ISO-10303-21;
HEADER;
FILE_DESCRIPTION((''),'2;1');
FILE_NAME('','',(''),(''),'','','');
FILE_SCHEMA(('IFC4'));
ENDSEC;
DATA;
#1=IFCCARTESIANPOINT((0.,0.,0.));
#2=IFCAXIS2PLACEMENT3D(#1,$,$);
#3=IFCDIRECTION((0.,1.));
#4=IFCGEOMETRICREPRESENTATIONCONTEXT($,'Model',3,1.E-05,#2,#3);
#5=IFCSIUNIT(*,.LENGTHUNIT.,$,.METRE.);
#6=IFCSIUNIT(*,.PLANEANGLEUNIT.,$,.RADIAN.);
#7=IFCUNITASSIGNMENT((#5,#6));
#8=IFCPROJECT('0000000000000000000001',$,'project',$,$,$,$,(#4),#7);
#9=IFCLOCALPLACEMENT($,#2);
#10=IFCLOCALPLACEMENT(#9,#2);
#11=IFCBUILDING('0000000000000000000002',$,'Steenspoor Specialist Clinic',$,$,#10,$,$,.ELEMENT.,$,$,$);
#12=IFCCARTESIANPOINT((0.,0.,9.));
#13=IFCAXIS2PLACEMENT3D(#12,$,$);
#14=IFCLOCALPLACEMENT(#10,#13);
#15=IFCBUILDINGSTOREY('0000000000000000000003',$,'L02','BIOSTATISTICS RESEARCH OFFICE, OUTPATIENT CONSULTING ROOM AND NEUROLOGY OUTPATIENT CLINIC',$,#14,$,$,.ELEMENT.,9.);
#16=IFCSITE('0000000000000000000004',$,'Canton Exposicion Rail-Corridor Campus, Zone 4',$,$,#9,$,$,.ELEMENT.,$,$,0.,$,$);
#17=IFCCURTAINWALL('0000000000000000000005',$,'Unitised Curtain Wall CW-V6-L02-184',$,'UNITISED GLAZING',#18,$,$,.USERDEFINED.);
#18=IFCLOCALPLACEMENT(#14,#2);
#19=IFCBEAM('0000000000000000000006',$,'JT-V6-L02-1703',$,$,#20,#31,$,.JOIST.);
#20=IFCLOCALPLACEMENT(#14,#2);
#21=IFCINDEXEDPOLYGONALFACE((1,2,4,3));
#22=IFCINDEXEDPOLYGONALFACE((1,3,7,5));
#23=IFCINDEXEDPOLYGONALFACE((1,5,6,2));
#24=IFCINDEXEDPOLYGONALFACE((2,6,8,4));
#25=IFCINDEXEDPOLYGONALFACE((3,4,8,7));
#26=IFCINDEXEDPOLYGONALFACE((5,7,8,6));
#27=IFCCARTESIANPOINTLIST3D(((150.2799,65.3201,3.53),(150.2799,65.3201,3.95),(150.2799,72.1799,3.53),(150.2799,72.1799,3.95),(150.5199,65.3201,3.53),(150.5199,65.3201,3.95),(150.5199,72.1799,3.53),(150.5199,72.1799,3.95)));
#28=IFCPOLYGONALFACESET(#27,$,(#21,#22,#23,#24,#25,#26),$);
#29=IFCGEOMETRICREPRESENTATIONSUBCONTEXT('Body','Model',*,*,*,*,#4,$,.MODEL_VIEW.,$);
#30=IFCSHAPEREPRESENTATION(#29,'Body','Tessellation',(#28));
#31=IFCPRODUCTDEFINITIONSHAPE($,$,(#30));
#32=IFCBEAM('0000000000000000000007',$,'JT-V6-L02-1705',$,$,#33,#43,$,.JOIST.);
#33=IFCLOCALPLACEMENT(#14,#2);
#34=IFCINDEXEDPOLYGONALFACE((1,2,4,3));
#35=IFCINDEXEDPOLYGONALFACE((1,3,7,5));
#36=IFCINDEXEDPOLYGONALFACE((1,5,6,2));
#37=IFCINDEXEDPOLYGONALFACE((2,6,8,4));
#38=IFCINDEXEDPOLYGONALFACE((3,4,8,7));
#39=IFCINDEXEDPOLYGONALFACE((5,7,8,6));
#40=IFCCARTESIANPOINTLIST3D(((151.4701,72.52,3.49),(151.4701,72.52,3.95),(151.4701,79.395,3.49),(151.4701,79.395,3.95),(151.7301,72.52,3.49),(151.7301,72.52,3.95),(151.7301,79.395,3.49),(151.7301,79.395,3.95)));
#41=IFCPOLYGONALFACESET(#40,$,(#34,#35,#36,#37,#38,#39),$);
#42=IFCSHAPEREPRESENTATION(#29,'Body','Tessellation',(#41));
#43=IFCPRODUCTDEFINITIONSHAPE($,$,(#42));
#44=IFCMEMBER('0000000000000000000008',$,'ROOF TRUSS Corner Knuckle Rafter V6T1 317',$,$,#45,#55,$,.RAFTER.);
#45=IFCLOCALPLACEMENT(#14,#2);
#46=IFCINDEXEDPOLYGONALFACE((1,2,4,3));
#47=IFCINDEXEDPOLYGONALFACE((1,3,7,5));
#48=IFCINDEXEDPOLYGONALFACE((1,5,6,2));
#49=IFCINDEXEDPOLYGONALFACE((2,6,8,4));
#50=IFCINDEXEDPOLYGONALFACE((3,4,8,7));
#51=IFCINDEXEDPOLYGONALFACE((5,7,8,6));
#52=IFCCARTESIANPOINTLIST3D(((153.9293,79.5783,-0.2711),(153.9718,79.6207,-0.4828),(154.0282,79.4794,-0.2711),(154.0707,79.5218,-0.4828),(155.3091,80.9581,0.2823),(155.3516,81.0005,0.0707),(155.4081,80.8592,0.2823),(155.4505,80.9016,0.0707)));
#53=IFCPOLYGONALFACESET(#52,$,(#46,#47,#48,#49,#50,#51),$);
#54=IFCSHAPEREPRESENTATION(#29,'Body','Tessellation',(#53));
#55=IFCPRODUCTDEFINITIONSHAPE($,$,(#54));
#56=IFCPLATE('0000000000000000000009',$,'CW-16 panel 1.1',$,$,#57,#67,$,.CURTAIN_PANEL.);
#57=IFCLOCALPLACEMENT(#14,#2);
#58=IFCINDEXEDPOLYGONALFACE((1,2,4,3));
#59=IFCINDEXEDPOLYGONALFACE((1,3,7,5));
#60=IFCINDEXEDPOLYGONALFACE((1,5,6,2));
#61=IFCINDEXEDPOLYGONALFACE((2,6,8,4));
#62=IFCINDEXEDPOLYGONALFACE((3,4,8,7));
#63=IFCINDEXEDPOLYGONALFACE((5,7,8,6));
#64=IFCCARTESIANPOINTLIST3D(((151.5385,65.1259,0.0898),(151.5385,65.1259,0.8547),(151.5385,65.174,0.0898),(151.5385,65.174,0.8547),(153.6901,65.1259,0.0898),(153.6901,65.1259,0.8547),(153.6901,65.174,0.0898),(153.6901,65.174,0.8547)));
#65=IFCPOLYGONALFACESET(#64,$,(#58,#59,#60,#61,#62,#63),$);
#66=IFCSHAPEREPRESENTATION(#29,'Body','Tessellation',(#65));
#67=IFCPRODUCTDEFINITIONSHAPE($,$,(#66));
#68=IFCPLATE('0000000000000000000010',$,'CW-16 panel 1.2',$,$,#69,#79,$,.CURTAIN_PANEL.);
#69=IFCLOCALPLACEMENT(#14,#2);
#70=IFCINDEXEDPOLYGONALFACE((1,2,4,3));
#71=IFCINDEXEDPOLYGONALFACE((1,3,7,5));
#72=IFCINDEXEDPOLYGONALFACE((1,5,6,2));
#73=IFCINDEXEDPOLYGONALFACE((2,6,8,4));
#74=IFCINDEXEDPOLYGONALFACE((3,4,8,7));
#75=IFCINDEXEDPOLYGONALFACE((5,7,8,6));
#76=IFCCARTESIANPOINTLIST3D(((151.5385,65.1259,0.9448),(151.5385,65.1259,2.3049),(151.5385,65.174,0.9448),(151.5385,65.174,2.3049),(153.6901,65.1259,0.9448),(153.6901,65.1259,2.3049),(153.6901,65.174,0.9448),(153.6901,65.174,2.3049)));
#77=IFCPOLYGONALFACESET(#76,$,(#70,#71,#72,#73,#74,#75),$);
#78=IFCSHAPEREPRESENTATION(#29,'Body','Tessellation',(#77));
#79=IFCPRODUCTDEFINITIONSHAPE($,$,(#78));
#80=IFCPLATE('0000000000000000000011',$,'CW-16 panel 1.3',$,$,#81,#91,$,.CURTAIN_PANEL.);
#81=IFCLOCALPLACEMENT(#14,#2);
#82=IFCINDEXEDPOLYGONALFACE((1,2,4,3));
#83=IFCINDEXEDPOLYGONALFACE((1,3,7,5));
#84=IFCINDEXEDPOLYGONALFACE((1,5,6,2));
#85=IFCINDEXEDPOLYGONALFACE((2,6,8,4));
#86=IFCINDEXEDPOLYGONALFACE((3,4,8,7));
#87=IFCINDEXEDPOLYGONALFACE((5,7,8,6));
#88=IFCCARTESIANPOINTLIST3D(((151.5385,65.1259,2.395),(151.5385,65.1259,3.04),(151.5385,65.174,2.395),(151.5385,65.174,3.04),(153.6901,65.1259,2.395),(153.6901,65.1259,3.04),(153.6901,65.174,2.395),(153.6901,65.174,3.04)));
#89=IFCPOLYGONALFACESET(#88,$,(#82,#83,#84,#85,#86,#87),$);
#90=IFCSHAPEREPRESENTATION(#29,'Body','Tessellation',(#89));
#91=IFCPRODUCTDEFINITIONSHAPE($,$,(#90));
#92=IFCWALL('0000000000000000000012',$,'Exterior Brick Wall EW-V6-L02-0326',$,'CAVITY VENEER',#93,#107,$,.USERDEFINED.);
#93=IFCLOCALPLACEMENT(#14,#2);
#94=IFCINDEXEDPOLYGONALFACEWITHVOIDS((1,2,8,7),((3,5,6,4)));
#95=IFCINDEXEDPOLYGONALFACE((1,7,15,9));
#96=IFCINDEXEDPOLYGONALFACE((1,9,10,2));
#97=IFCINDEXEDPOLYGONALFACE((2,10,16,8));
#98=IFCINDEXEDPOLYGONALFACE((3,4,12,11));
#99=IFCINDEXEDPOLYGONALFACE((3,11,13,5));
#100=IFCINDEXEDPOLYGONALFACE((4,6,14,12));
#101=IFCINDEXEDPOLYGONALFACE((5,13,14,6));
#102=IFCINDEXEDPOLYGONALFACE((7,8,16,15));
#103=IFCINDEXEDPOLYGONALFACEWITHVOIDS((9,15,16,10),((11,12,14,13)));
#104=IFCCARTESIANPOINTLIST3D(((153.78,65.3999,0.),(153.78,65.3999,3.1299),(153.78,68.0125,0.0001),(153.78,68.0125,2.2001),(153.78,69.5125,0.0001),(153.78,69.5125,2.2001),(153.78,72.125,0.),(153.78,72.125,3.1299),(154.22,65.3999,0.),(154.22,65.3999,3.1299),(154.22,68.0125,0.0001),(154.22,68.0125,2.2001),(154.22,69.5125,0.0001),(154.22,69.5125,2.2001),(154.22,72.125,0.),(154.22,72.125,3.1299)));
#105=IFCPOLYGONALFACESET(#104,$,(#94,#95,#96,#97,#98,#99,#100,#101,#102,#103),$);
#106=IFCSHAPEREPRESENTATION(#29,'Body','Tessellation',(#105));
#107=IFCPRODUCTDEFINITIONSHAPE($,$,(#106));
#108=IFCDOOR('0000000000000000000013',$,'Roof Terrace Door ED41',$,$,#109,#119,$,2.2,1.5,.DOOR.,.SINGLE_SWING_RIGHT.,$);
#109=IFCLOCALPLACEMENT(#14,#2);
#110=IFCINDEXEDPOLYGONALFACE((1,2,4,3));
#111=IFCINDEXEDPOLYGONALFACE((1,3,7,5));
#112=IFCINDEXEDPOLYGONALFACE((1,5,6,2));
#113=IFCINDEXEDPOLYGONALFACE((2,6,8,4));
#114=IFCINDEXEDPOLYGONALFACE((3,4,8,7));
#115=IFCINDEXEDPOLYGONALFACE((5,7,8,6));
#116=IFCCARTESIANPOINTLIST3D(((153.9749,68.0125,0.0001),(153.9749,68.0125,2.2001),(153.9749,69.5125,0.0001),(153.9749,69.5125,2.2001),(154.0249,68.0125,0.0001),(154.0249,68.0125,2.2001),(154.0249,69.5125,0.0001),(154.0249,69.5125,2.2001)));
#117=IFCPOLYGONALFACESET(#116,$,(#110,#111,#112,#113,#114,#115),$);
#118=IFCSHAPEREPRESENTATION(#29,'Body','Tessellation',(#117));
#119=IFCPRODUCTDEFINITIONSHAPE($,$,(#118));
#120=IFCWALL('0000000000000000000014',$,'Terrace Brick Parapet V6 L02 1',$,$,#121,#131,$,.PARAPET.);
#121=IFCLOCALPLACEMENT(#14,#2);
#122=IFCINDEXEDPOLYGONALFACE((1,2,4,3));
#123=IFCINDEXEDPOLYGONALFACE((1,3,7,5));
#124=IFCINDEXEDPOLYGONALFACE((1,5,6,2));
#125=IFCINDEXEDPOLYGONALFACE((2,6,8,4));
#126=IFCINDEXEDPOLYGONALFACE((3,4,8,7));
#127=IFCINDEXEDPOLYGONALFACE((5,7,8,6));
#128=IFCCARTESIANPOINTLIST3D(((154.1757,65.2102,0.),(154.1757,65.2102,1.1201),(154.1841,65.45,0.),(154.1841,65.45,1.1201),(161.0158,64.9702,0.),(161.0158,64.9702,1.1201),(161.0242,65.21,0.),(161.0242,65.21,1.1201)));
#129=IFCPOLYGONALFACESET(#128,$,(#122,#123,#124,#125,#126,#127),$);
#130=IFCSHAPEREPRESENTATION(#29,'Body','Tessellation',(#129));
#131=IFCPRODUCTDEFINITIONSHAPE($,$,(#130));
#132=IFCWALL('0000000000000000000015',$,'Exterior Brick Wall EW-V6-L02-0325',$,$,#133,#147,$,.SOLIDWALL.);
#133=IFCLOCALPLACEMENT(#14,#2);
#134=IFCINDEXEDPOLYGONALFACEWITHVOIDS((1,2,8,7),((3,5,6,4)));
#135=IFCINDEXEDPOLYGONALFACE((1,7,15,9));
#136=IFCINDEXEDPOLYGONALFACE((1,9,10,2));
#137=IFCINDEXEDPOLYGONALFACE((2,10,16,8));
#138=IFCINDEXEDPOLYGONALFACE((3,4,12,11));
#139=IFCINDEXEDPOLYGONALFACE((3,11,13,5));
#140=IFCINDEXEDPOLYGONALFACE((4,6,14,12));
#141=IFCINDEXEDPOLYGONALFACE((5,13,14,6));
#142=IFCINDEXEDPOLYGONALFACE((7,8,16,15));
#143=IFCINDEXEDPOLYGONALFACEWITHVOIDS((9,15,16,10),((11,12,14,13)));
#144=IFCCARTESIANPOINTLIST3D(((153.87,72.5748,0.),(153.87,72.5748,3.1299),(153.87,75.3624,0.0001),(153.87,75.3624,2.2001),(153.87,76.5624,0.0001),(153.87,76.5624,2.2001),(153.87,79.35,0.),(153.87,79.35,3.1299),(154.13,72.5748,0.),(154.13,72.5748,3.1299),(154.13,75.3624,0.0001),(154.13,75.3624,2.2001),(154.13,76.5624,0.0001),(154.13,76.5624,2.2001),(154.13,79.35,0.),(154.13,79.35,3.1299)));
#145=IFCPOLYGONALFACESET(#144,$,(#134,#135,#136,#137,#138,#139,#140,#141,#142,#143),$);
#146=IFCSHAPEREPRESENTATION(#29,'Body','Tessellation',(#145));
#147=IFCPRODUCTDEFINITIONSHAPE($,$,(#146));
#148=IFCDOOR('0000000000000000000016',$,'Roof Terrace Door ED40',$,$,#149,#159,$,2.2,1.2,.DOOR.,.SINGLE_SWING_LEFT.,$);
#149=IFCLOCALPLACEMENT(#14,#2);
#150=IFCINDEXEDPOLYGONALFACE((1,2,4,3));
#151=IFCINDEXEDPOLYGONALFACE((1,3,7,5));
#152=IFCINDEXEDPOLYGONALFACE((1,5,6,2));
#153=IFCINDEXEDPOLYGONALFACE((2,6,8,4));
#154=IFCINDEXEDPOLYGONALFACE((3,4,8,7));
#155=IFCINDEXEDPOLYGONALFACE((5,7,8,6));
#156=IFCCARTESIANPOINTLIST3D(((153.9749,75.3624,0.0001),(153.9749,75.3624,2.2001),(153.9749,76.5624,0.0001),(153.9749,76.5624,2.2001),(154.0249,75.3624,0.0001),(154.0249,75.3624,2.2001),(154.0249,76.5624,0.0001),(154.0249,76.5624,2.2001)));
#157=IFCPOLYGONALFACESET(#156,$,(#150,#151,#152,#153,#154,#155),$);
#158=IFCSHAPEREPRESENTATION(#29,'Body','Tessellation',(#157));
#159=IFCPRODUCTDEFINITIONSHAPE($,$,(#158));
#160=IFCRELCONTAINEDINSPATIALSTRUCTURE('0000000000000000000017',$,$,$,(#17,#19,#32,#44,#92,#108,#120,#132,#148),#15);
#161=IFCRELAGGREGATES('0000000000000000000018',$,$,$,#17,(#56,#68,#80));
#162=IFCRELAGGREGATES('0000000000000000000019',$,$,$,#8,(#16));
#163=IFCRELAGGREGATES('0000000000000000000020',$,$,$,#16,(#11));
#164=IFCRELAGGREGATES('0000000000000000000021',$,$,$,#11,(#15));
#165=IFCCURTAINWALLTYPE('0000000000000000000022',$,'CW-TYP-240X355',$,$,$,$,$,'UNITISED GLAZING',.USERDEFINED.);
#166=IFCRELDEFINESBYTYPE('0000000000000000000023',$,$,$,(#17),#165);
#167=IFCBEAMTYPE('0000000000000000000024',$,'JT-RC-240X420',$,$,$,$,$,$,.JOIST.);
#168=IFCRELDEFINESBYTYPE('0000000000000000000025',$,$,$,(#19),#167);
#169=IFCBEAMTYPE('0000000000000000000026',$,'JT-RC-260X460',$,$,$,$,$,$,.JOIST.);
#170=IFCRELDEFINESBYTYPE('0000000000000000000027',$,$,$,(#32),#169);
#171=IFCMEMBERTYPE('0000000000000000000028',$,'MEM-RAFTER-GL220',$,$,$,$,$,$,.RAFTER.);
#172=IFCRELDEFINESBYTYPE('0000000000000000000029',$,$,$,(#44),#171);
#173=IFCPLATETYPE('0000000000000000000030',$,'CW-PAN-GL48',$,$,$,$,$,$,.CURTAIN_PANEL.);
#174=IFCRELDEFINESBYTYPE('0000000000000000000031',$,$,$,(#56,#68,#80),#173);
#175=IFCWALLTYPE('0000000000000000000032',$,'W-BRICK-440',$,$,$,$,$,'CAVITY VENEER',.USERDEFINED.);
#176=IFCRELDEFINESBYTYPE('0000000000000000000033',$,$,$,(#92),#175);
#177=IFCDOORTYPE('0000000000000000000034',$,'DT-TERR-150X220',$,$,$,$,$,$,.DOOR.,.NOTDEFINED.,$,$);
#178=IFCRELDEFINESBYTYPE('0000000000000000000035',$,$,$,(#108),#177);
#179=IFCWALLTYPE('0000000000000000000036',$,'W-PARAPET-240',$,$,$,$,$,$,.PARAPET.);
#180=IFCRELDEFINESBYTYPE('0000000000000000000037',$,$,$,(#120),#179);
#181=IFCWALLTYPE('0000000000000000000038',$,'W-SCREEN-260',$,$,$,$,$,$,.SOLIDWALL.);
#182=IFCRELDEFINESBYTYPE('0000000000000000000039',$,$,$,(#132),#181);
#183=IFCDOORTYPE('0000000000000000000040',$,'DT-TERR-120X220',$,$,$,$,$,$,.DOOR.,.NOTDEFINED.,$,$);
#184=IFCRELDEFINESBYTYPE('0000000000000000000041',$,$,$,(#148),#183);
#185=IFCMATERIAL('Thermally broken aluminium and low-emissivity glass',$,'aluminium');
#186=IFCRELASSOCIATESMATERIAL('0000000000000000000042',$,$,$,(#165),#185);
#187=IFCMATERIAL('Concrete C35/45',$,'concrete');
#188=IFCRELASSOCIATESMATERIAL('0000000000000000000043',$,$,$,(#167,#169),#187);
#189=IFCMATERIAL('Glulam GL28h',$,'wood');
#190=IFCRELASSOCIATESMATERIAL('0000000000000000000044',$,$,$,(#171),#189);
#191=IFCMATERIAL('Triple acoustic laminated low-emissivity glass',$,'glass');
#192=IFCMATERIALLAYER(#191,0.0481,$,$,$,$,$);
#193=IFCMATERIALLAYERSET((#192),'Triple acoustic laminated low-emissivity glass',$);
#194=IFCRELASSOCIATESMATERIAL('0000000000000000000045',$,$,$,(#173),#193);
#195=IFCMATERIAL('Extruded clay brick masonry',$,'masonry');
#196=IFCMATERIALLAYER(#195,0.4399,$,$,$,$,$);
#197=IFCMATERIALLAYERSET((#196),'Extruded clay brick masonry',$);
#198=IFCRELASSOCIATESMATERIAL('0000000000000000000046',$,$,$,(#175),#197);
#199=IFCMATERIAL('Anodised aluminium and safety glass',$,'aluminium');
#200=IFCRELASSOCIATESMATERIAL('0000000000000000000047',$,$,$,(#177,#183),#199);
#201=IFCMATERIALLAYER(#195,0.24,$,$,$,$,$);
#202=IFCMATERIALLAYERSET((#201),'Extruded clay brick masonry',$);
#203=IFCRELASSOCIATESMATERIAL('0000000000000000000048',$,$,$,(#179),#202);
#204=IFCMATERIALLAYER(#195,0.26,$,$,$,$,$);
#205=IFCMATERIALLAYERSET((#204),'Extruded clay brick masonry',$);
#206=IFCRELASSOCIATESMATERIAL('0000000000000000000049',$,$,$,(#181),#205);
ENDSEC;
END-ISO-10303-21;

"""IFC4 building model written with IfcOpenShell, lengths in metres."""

from ifc_helpers import new_model, si_unit, direction, frame, frame_2d, origin, origin_2d, place, context, subcontext, project, spatial, rectangle, extrude, material, layer, layer_set, material_profile, profile_set, type_object, element, fill, aggregate, save


model = new_model("IFC4")

# Units and contexts
model_context = context("Model", 3, precision=1e-05, world=origin(), true_north=direction((0.0, 1.0)))
body_context = subcontext(model_context, "Body", "Model", "MODEL_VIEW")
ifc_project = project(units=[si_unit("LENGTHUNIT", "METRE"), si_unit("PLANEANGLEUNIT", "RADIAN")], contexts=[model_context])

# Site, building, storey
site_placement = place(None, origin())
site = spatial("IfcSite", under=ifc_project, at=site_placement, Name="Canton Exposicion Rail-Corridor Campus, Zone 4", CompositionType="ELEMENT", RefElevation=0.0)
building_placement = place(site_placement, origin())
building = spatial("IfcBuilding", under=site, at=building_placement, Name="Steenspoor Specialist Clinic", CompositionType="ELEMENT")
storey_placement = place(building_placement, frame((0.0, 0.0, 9.0)))
storey = spatial("IfcBuildingStorey", under=building, at=storey_placement, Name="L02", Description="BIOSTATISTICS RESEARCH OFFICE, OUTPATIENT CONSULTING ROOM AND NEUROLOGY OUTPATIENT CLINIC", CompositionType="ELEMENT", Elevation=9.0)

# Shared definitions
ifc_material_1 = material(Name="Concrete C35/45", Category="concrete")

# Curtain wall
ifc_material_2 = material(Name="Thermally broken aluminium and low-emissivity glass", Category="aluminium")
curtain_wall_type = type_object("IfcCurtainWallType", Name="CW-TYP-240X355", ElementType="UNITISED GLAZING", PredefinedType="USERDEFINED", material=ifc_material_2)
curtain_wall_placement = place(storey_placement, origin())
curtain_wall = element("IfcCurtainWall", 1, at=curtain_wall_placement, inside=storey, type_object=curtain_wall_type, Name="Unitised Curtain Wall CW-V6-L02-184", ObjectType="UNITISED GLAZING", PredefinedType="USERDEFINED")

# Beams
ifc_material_profile_1 = material_profile(ifc_material_1, rectangle(XDim=0.24, YDim=0.4199, at=origin_2d()), Name="RC-JT-240X420")
ifc_profile_set_1 = profile_set([ifc_material_profile_1], Name="Concrete C35/45")
beam_type_1 = type_object("IfcBeamType", Name="JT-RC-240X420", PredefinedType="JOIST", material=ifc_profile_set_1)
beam_1_placement = place(storey_placement, frame((150.3999, 65.3201, 3.74), z_axis=(0.0, 1.0, 0.0), x_axis=(-1.0, 0.0, 0.0)))
element("IfcBeam", 2, at=beam_1_placement, inside=storey, type_object=beam_type_1, Name="JT-V6-L02-1703", PredefinedType="JOIST", context=body_context, shape_type="SweptSolid", body=[
    extrude(rectangle(XDim=0.24, YDim=0.4199, at=origin_2d()), origin(), (0.0, 0.0, 1.0), 6.8599),
])
ifc_material_profile_2 = material_profile(ifc_material_1, rectangle(XDim=0.26, YDim=0.46, at=origin_2d()), Name="RC-JT-260X460")
ifc_profile_set_2 = profile_set([ifc_material_profile_2], Name="Concrete C35/45")
beam_type_2 = type_object("IfcBeamType", Name="JT-RC-260X460", PredefinedType="JOIST", material=ifc_profile_set_2)
beam_2_placement = place(storey_placement, frame((151.6001, 72.52, 3.72), z_axis=(0.0, 1.0, 0.0), x_axis=(-1.0, 0.0, 0.0)))
element("IfcBeam", 3, at=beam_2_placement, inside=storey, type_object=beam_type_2, Name="JT-V6-L02-1705", PredefinedType="JOIST", context=body_context, shape_type="SweptSolid", body=[
    extrude(rectangle(XDim=0.26, YDim=0.46, at=origin_2d()), origin(), (0.0, 0.0, 1.0), 6.875),
])

# Member
ifc_material_3 = material(Name="Glulam GL28h", Category="wood")
ifc_material_profile_3 = material_profile(ifc_material_3, rectangle(XDim=0.1399, YDim=0.22, at=origin_2d()), Name="GL28H-140X220")
ifc_profile_set_3 = profile_set([ifc_material_profile_3], Name="Glulam GL28h")
member_type_1 = type_object("IfcMemberType", Name="MEM-RAFTER-GL220", PredefinedType="RAFTER", material=ifc_profile_set_3)
member_1_placement = place(storey_placement, frame((154.0, 79.55, -0.377), z_axis=(0.680275, 0.680275, 0.272856), x_axis=(-0.707107, 0.707107, 0.0)))
element("IfcMember", 4, at=member_1_placement, inside=storey, type_object=member_type_1, Name="ROOF TRUSS Corner Knuckle Rafter V6T1 317", PredefinedType="RAFTER", context=body_context, shape_type="SweptSolid", body=[
    extrude(rectangle(XDim=0.1399, YDim=0.22, at=origin_2d()), origin(), (0.0, 0.0, 1.0), 2.0283),
])

# Plates
ifc_material_4 = material(Name="Triple acoustic laminated low-emissivity glass", Category="glass")
ifc_layer_1 = layer(ifc_material_4, 0.0481)
ifc_layer_set_1 = layer_set([ifc_layer_1], Name="Triple acoustic laminated low-emissivity glass")
plate_type = type_object("IfcPlateType", Name="CW-PAN-GL48", PredefinedType="CURTAIN_PANEL", material=ifc_layer_set_1)
plate_1_placement = place(storey_placement, frame((152.6143, 65.1499, 0.0898), z_axis=(0.0, 0.0, 1.0), x_axis=(-1.0, 0.0, 0.0)))
plate_1 = element("IfcPlate", 5, at=plate_1_placement, type_object=plate_type, Name="CW-16 panel 1.1", PredefinedType="CURTAIN_PANEL", context=body_context, shape_type="SweptSolid", body=[
    extrude(rectangle(XDim=2.1516, YDim=0.0481, at=origin_2d()), origin(), (0.0, 0.0, 1.0), 0.7649),
])
plate_2_placement = place(storey_placement, frame((152.6143, 65.1499, 0.9448), z_axis=(0.0, 0.0, 1.0), x_axis=(-1.0, 0.0, 0.0)))
plate_2 = element("IfcPlate", 6, at=plate_2_placement, type_object=plate_type, Name="CW-16 panel 1.2", PredefinedType="CURTAIN_PANEL", context=body_context, shape_type="SweptSolid", body=[
    extrude(rectangle(XDim=2.1516, YDim=0.0481, at=origin_2d()), origin(), (0.0, 0.0, 1.0), 1.3601),
])
plate_3_placement = place(storey_placement, frame((152.6143, 65.1499, 2.395), z_axis=(0.0, 0.0, 1.0), x_axis=(-1.0, 0.0, 0.0)))
plate_3 = element("IfcPlate", 7, at=plate_3_placement, type_object=plate_type, Name="CW-16 panel 1.3", PredefinedType="CURTAIN_PANEL", context=body_context, shape_type="SweptSolid", body=[
    extrude(rectangle(XDim=2.1516, YDim=0.0481, at=origin_2d()), origin(), (0.0, 0.0, 1.0), 0.645),
])
aggregate(curtain_wall, [plate_1, plate_2, plate_3])

# Wall, opening, door
ifc_material_5 = material(Name="Extruded clay brick masonry", Category="masonry")
ifc_layer_2 = layer(ifc_material_5, 0.4399)
ifc_layer_set_2 = layer_set([ifc_layer_2], Name="Extruded clay brick masonry")
wall_type_1 = type_object("IfcWallType", Name="W-BRICK-440", ElementType="CAVITY VENEER", PredefinedType="USERDEFINED", material=ifc_layer_set_2)
wall_1_placement = place(storey_placement, frame((154.0, 72.125, 0.0), z_axis=(0.0, 0.0, 1.0), x_axis=(0.0, -1.0, 0.0)))
wall_1 = element("IfcWall", 8, at=wall_1_placement, inside=storey, type_object=wall_type_1, Name="Exterior Brick Wall EW-V6-L02-0326", ObjectType="CAVITY VENEER", PredefinedType="USERDEFINED", context=body_context, shape_type="SweptSolid", body=[
    extrude(rectangle(XDim=6.7251, YDim=0.4399, at=frame_2d((3.3625, 0.0))), origin(), (0.0, 0.0, 1.0), 3.1299),
])
opening_1_placement = place(wall_1_placement, frame((2.6125, 0.0, 0.0)))
opening_1 = element("IfcOpeningElement", 9, at=opening_1_placement, cuts=wall_1, PredefinedType="OPENING", context=body_context, shape_type="SweptSolid", body=[
    extrude(rectangle(XDim=1.5, YDim=2.2, at=frame_2d((0.75, 1.1001))), frame((0.0, 0.23, 0.0), z_axis=(0.0, -1.0, 0.0), x_axis=(1.0, 0.0, 0.0)), (0.0, 0.0, 1.0), 0.46),
])
ifc_material_6 = material(Name="Anodised aluminium and safety glass", Category="aluminium")
door_type_1 = type_object("IfcDoorType", Name="DT-TERR-150X220", OperationType="NOTDEFINED", PredefinedType="DOOR", material=ifc_material_6)
door_1_placement = place(opening_1_placement, origin())
door_1 = element("IfcDoor", 10, at=door_1_placement, inside=storey, type_object=door_type_1, Name="Roof Terrace Door ED41", OperationType="SINGLE_SWING_RIGHT", OverallHeight=2.2, OverallWidth=1.5, PredefinedType="DOOR", context=body_context, shape_type="SweptSolid", body=[
    extrude(rectangle(XDim=1.5, YDim=2.2, at=frame_2d((0.75, 1.1001))), frame((0.0, 0.0249, 0.0), z_axis=(0.0, -1.0, 0.0), x_axis=(1.0, 0.0, 0.0)), (0.0, 0.0, 1.0), 0.05),
])
fill(opening_1, door_1)

# Wall
ifc_layer_3 = layer(ifc_material_5, 0.24)
ifc_layer_set_3 = layer_set([ifc_layer_3], Name="Extruded clay brick masonry")
wall_type_2 = type_object("IfcWallType", Name="W-PARAPET-240", PredefinedType="PARAPET", material=ifc_layer_set_3)
wall_2_placement = place(storey_placement, frame((154.1799, 65.3301, 0.0), z_axis=(0.0, 0.0, 1.0), x_axis=(0.999385, -0.035064, 0.0)))
element("IfcWall", 11, at=wall_2_placement, inside=storey, type_object=wall_type_2, Name="Terrace Brick Parapet V6 L02 1", PredefinedType="PARAPET", context=body_context, shape_type="SweptSolid", body=[
    extrude(rectangle(XDim=6.8442, YDim=0.24, at=frame_2d((3.4221, 0.0))), origin(), (0.0, 0.0, 1.0), 1.1201),
])

# Wall, opening, door
ifc_layer_4 = layer(ifc_material_5, 0.26)
ifc_layer_set_4 = layer_set([ifc_layer_4], Name="Extruded clay brick masonry")
wall_type_3 = type_object("IfcWallType", Name="W-SCREEN-260", PredefinedType="SOLIDWALL", material=ifc_layer_set_4)
wall_3_placement = place(storey_placement, frame((154.0, 79.3501, 0.0), z_axis=(0.0, 0.0, 1.0), x_axis=(0.0, -1.0, 0.0)))
wall_3 = element("IfcWall", 12, at=wall_3_placement, inside=storey, type_object=wall_type_3, Name="Exterior Brick Wall EW-V6-L02-0325", PredefinedType="SOLIDWALL", context=body_context, shape_type="SweptSolid", body=[
    extrude(rectangle(XDim=6.7751, YDim=0.26, at=frame_2d((3.3877, 0.0))), origin(), (0.0, 0.0, 1.0), 3.1299),
])
opening_2_placement = place(wall_3_placement, frame((2.7876, 0.0, 0.0)))
opening_2 = element("IfcOpeningElement", 13, at=opening_2_placement, cuts=wall_3, PredefinedType="OPENING", context=body_context, shape_type="SweptSolid", body=[
    extrude(rectangle(XDim=1.2, YDim=2.2, at=frame_2d((0.6001, 1.1001))), frame((0.0, 0.1401, 0.0), z_axis=(0.0, -1.0, 0.0), x_axis=(1.0, 0.0, 0.0)), (0.0, 0.0, 1.0), 0.28),
])
door_type_2 = type_object("IfcDoorType", Name="DT-TERR-120X220", OperationType="NOTDEFINED", PredefinedType="DOOR", material=ifc_material_6)
door_2_placement = place(opening_2_placement, origin())
door_2 = element("IfcDoor", 14, at=door_2_placement, inside=storey, type_object=door_type_2, Name="Roof Terrace Door ED40", OperationType="SINGLE_SWING_LEFT", OverallHeight=2.2, OverallWidth=1.2, PredefinedType="DOOR", context=body_context, shape_type="SweptSolid", body=[
    extrude(rectangle(XDim=1.2, YDim=2.2, at=frame_2d((0.6001, 1.1001))), frame((0.0, 0.0249, 0.0), z_axis=(0.0, -1.0, 0.0), x_axis=(1.0, 0.0, 0.0)), (0.0, 0.0, 1.0), 0.05),
])
fill(opening_2, door_2)

save(model, "model.ifc")
